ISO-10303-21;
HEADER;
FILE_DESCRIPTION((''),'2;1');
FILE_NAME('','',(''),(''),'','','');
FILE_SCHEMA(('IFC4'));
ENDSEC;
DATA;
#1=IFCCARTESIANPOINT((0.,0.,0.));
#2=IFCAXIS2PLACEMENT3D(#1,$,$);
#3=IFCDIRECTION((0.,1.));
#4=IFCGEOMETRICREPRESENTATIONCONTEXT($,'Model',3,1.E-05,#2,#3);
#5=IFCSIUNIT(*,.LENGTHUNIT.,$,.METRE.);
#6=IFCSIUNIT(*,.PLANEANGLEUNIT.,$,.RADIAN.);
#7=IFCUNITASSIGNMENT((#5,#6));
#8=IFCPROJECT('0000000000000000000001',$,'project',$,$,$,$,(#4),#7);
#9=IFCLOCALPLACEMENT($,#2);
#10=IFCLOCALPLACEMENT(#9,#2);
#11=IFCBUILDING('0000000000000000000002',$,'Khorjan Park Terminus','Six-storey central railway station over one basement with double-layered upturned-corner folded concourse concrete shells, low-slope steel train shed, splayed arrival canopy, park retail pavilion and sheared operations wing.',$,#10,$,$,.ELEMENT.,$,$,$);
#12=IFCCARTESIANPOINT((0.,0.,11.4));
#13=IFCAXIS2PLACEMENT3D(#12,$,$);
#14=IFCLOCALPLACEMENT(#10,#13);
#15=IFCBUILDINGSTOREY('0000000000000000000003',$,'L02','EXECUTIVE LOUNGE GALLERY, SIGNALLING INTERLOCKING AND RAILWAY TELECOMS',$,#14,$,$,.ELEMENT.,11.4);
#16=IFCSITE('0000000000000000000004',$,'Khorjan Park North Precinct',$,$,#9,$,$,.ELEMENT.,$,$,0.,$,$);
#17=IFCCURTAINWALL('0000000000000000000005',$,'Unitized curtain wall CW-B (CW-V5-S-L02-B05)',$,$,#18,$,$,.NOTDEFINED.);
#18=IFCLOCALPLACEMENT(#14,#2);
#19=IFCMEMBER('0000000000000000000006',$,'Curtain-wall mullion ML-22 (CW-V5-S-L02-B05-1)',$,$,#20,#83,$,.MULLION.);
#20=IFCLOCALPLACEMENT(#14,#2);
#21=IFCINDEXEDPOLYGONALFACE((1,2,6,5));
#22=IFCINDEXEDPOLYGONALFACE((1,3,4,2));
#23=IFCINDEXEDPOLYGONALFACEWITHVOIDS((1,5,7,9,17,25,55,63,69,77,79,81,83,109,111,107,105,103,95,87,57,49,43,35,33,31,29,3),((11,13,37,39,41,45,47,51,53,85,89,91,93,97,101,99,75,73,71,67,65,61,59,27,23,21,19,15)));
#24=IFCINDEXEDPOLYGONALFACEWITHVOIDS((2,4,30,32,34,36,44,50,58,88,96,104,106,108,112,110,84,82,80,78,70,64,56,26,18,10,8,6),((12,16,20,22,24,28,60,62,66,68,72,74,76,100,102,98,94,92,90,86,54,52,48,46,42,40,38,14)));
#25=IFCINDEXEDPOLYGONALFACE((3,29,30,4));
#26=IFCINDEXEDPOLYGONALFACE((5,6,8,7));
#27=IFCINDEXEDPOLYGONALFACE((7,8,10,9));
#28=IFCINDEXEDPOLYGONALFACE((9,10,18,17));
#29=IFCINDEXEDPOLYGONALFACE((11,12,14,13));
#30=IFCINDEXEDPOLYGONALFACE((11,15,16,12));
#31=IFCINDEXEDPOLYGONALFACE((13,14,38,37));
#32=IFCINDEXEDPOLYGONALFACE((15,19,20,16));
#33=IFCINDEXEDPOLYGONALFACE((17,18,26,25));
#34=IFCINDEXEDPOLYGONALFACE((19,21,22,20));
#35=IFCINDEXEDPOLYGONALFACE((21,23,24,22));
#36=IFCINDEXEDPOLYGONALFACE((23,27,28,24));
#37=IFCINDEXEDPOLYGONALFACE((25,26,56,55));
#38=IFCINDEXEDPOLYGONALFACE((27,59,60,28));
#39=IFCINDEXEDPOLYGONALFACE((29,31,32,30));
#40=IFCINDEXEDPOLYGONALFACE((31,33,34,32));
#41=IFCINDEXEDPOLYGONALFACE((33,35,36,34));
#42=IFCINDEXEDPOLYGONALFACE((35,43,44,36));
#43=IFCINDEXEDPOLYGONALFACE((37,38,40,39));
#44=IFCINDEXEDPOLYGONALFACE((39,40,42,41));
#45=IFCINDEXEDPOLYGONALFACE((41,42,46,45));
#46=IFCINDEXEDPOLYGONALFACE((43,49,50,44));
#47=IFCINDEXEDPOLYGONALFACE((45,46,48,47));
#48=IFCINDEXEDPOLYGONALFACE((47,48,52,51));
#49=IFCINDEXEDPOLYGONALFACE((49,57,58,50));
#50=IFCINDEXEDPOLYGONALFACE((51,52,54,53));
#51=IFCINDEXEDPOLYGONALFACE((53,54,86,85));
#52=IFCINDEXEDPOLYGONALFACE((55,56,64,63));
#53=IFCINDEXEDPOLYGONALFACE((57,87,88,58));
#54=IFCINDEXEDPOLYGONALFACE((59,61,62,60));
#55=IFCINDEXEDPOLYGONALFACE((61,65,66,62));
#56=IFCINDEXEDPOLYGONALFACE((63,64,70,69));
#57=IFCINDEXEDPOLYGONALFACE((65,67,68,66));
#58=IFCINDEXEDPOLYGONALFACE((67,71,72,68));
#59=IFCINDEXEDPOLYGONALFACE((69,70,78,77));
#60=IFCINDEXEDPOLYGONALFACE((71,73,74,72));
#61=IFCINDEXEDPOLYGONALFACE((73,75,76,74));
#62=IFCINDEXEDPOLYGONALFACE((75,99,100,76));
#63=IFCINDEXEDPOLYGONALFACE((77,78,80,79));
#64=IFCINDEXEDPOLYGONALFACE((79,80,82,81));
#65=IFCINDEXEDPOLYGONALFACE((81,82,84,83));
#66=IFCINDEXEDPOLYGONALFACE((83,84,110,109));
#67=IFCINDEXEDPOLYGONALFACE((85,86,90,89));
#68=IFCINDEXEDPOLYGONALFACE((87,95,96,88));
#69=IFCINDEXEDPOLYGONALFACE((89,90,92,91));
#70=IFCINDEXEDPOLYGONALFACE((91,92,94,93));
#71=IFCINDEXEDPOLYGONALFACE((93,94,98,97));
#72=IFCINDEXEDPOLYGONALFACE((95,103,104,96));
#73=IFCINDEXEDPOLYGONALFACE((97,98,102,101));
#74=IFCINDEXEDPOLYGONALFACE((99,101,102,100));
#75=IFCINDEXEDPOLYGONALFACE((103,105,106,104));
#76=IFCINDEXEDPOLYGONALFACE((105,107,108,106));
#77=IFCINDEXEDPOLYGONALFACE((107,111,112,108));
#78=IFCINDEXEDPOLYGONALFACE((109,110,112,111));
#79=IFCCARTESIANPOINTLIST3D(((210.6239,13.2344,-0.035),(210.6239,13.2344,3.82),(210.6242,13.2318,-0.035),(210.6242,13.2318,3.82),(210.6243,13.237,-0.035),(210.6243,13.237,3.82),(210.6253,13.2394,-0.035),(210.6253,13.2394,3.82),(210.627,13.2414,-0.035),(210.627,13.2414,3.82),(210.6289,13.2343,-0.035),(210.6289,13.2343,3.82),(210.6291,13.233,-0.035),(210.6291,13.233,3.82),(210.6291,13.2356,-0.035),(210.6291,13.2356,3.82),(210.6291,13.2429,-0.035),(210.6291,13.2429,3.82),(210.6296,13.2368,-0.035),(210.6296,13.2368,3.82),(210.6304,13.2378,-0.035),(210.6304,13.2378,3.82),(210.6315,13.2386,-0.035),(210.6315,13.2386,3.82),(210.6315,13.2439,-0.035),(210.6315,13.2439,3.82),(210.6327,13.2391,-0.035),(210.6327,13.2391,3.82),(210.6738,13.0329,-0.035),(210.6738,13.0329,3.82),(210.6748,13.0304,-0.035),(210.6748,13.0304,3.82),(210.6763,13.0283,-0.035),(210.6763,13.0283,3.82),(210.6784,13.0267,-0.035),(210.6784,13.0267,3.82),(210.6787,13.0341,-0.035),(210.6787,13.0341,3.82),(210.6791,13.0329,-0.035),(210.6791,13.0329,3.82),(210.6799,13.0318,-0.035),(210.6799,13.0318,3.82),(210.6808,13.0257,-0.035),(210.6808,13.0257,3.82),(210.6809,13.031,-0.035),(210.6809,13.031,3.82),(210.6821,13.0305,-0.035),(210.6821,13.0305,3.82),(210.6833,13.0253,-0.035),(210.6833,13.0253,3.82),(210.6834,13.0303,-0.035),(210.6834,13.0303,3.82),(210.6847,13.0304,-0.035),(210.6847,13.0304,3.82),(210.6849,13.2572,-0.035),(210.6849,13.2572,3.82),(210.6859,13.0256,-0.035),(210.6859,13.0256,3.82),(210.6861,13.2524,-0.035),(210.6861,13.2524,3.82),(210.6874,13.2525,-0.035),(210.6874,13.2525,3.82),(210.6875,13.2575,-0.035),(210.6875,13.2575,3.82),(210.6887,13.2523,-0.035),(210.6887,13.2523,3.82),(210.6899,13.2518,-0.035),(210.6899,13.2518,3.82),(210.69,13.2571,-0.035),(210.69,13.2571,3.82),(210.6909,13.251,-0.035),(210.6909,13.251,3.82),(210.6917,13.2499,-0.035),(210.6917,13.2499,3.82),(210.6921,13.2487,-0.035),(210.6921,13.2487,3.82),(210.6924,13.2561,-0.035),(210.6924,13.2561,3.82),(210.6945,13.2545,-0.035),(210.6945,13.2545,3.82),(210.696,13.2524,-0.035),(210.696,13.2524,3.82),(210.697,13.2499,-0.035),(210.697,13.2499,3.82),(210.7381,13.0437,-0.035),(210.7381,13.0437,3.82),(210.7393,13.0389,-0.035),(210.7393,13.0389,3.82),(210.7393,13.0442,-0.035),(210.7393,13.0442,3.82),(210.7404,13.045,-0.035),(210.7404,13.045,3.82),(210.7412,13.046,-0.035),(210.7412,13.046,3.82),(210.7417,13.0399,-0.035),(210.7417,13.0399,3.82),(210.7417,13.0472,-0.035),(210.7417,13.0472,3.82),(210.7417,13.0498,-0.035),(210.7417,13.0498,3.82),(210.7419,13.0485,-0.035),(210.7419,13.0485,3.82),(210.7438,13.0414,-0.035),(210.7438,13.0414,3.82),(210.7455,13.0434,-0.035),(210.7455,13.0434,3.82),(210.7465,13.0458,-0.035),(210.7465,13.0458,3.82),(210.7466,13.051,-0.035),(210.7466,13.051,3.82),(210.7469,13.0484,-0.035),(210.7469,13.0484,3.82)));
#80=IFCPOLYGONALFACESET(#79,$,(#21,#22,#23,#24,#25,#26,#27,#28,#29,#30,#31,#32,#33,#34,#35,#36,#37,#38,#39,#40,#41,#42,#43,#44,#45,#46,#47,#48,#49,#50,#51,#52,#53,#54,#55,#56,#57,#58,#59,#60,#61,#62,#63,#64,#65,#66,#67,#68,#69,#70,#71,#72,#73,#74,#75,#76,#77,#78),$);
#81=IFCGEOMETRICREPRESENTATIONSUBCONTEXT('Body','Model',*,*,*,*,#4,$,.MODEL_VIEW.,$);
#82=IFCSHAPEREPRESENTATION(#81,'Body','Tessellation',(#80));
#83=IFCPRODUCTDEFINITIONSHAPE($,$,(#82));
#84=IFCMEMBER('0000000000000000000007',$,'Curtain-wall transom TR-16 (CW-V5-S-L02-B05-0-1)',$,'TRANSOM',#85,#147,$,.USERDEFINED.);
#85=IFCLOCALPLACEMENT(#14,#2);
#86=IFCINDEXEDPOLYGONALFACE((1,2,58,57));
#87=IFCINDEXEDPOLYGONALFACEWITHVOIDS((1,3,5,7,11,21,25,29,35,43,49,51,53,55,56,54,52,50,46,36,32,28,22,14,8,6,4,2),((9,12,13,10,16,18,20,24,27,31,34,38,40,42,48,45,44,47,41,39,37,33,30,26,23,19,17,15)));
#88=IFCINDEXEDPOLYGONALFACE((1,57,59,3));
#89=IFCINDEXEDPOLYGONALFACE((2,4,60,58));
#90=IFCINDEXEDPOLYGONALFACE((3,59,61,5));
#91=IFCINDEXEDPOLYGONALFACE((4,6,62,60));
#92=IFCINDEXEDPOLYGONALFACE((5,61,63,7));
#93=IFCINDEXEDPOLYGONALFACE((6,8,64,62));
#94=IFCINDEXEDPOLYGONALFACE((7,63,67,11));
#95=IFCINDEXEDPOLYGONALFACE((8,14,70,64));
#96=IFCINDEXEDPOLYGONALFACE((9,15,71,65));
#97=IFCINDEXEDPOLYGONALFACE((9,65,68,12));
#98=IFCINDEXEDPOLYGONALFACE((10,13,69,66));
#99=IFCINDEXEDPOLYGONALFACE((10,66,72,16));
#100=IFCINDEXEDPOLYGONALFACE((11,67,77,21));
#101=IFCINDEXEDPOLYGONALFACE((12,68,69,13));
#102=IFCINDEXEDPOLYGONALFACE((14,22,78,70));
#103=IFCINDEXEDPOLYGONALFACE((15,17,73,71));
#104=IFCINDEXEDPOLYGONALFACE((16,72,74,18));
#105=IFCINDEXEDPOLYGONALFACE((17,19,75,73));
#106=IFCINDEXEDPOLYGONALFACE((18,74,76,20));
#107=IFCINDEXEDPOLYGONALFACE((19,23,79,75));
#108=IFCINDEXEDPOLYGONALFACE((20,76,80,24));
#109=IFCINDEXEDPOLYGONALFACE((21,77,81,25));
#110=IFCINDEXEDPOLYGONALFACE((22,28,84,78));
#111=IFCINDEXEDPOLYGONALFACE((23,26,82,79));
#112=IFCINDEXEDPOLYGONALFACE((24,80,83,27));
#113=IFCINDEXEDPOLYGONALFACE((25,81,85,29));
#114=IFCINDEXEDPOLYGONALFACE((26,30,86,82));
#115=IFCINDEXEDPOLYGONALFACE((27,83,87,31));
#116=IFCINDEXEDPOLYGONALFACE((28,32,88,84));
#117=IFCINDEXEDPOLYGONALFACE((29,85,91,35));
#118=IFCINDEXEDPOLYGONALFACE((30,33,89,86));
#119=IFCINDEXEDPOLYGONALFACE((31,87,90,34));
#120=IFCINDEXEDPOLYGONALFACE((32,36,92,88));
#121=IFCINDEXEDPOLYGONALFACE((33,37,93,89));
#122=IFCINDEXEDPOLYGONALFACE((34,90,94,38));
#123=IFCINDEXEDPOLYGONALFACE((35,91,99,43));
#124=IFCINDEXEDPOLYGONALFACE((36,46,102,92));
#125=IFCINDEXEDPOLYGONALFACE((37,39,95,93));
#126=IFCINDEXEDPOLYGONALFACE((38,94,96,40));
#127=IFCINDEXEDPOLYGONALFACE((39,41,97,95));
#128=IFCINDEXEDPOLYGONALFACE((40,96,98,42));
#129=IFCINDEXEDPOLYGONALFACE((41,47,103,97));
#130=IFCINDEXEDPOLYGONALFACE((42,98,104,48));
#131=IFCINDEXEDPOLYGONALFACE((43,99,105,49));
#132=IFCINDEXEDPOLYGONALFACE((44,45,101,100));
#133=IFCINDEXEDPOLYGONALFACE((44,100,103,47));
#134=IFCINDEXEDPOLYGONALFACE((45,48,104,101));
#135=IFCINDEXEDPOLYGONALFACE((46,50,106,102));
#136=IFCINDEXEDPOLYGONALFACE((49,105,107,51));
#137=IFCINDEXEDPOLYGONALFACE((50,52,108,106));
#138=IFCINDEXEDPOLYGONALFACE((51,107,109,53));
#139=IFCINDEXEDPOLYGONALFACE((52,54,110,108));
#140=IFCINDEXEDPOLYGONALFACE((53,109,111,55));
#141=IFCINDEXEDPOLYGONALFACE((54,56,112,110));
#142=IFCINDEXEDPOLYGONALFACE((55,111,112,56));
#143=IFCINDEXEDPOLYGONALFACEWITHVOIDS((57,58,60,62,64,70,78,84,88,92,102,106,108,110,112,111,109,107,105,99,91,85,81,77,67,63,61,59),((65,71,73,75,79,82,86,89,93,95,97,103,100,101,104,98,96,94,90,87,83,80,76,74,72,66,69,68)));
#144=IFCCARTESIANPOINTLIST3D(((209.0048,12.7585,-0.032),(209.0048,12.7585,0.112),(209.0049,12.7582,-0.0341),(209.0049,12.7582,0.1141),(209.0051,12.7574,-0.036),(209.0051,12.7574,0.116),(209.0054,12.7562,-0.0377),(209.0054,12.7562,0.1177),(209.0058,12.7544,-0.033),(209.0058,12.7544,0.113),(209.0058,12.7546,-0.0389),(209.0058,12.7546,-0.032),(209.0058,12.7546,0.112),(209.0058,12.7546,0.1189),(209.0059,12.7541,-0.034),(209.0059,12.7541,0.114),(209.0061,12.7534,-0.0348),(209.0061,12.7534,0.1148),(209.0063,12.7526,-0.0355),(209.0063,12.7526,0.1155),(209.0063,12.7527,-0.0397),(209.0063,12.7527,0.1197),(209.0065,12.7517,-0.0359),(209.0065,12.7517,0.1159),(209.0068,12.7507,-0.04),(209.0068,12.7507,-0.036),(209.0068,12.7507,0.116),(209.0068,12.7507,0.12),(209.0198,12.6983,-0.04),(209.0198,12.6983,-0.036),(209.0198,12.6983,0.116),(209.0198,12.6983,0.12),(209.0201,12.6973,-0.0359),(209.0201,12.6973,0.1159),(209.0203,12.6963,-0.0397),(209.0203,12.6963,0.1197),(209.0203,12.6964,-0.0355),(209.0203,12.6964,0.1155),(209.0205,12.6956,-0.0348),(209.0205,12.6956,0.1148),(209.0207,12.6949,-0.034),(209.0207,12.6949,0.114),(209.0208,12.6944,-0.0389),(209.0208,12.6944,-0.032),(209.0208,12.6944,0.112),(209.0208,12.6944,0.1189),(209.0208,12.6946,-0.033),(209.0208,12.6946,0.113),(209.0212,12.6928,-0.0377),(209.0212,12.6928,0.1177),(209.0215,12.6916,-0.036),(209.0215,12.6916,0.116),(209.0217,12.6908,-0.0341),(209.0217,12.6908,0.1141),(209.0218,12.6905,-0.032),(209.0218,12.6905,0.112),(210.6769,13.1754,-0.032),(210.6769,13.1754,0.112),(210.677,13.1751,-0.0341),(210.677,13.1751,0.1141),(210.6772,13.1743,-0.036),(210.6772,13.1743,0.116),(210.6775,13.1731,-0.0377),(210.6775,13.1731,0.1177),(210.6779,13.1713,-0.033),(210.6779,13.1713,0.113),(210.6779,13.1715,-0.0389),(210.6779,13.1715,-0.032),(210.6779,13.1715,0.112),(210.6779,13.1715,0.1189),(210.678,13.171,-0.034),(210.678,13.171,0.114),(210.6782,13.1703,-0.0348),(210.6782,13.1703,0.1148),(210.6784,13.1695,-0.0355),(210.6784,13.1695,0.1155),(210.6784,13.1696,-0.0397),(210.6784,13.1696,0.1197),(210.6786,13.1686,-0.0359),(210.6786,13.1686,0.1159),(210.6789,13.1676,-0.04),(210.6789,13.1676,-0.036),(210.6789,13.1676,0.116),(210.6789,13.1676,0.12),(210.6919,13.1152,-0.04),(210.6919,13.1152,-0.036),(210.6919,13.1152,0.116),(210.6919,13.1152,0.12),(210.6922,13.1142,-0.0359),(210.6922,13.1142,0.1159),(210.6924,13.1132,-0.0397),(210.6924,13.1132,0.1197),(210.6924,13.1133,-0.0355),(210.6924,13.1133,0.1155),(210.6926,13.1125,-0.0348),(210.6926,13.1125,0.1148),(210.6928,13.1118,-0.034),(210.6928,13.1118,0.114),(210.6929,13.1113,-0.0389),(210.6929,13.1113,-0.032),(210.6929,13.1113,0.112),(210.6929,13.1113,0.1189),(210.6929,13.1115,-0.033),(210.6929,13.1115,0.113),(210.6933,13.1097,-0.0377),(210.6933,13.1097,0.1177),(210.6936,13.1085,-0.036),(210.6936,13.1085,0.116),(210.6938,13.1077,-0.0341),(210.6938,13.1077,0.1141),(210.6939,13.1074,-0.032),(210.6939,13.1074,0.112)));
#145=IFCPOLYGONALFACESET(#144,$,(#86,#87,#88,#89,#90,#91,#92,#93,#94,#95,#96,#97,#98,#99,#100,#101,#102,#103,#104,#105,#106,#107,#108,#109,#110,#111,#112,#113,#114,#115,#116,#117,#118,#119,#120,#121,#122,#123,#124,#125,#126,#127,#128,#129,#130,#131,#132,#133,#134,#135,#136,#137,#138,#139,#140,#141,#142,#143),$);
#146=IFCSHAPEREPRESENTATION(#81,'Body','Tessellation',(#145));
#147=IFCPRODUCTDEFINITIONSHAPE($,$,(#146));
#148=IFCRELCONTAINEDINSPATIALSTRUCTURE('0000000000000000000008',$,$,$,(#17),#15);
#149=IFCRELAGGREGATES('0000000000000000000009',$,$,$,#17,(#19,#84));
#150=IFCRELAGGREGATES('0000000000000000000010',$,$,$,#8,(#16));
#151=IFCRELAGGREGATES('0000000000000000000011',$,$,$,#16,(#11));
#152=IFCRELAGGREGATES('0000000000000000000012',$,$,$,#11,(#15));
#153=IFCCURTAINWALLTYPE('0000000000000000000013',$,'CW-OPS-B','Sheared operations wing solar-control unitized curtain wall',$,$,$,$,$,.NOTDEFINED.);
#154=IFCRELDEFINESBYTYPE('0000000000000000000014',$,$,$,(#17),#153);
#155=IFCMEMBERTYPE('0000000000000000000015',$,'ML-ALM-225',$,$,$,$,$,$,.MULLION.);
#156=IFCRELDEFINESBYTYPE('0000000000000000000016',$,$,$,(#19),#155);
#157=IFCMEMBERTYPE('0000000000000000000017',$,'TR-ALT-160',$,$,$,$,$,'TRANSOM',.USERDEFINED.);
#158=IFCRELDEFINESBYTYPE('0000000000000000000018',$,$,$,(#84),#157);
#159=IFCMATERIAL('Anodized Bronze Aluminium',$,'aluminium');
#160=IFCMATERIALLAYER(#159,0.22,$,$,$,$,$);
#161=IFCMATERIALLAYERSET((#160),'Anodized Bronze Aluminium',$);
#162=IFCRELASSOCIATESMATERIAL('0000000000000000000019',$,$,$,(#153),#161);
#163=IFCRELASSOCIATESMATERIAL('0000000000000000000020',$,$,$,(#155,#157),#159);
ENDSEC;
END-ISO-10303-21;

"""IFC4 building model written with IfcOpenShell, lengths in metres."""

from ifc_helpers import new_model, si_unit, direction, frame, origin, origin_2d, place, context, subcontext, project, spatial, hollow_rectangle, extrude, material, layer, layer_set, material_profile, profile_set, type_object, element, aggregate, save


model = new_model("IFC4")

# Units and contexts
model_context = context("Model", 3, precision=1e-05, world=origin(), true_north=direction((0.0, 1.0)))
body_context = subcontext(model_context, "Body", "Model", "MODEL_VIEW")
ifc_project = project(units=[si_unit("LENGTHUNIT", "METRE"), si_unit("PLANEANGLEUNIT", "RADIAN")], contexts=[model_context])

# Site, building, storey
site_placement = place(None, origin())
site = spatial("IfcSite", under=ifc_project, at=site_placement, Name="Khorjan Park North Precinct", CompositionType="ELEMENT", RefElevation=0.0)
building_placement = place(site_placement, origin())
building = spatial("IfcBuilding", under=site, at=building_placement, Name="Khorjan Park Terminus", Description="Six-storey central railway station over one basement with double-layered upturned-corner folded concourse concrete shells, low-slope steel train shed, splayed arrival canopy, park retail pavilion and sheared operations wing.", CompositionType="ELEMENT")
storey_placement = place(building_placement, frame((0.0, 0.0, 11.4)))
storey = spatial("IfcBuildingStorey", under=building, at=storey_placement, Name="L02", Description="EXECUTIVE LOUNGE GALLERY, SIGNALLING INTERLOCKING AND RAILWAY TELECOMS", CompositionType="ELEMENT", Elevation=11.4)

# Curtain wall, members
ifc_material_1 = material(Name="Anodized Bronze Aluminium", Category="aluminium")
ifc_layer_1 = layer(ifc_material_1, 0.22)
ifc_layer_set_1 = layer_set([ifc_layer_1], Name="Anodized Bronze Aluminium")
curtain_wall_type = type_object("IfcCurtainWallType", Name="CW-OPS-B", Description="Sheared operations wing solar-control unitized curtain wall", PredefinedType="NOTDEFINED", material=ifc_layer_set_1)
curtain_wall_placement = place(storey_placement, origin())
curtain_wall = element("IfcCurtainWall", 1, at=curtain_wall_placement, inside=storey, type_object=curtain_wall_type, Name="Unitized curtain wall CW-B (CW-V5-S-L02-B05)", PredefinedType="NOTDEFINED")
ifc_material_profile_1 = material_profile(ifc_material_1, hollow_rectangle(XDim=0.075, YDim=0.225, WallThickness=0.005, InnerFilletRadius=0.005, OuterFilletRadius=0.01, at=origin_2d()), Name="ALM 75x225x5")
ifc_profile_set_1 = profile_set([ifc_material_profile_1], Name="Anodized Bronze Aluminium")
member_type_1 = type_object("IfcMemberType", Name="ML-ALM-225", PredefinedType="MULLION", material=ifc_profile_set_1)
member_1_placement = place(storey_placement, frame((210.6854, 13.1414, -0.035), z_axis=(0.0, 0.0, 1.0), x_axis=(0.970298, 0.241912, 0.0)))
member_1 = element("IfcMember", 2, at=member_1_placement, type_object=member_type_1, Name="Curtain-wall mullion ML-22 (CW-V5-S-L02-B05-1)", PredefinedType="MULLION", context=body_context, shape_type="SweptSolid", body=[
    extrude(hollow_rectangle(XDim=0.075, YDim=0.225, WallThickness=0.005, InnerFilletRadius=0.005, OuterFilletRadius=0.01, at=origin_2d()), origin(), (0.0, 0.0, 1.0), 3.855),
])
ifc_material_profile_2 = material_profile(ifc_material_1, hollow_rectangle(XDim=0.07, YDim=0.16, WallThickness=0.004, InnerFilletRadius=0.004, OuterFilletRadius=0.008, at=origin_2d()), Name="ALT 70x160x4")
ifc_profile_set_2 = profile_set([ifc_material_profile_2], Name="Anodized Bronze Aluminium")
member_type_2 = type_object("IfcMemberType", Name="TR-ALT-160", ElementType="TRANSOM", PredefinedType="USERDEFINED", material=ifc_profile_set_2)
member_2_placement = place(storey_placement, frame((209.0133, 12.7245, 0.04), z_axis=(0.970296, 0.241921, 0.0), x_axis=(-0.241921, 0.970296, 0.0)))
member_2 = element("IfcMember", 3, at=member_2_placement, type_object=member_type_2, Name="Curtain-wall transom TR-16 (CW-V5-S-L02-B05-0-1)", ObjectType="TRANSOM", PredefinedType="USERDEFINED", context=body_context, shape_type="SweptSolid", body=[
    extrude(hollow_rectangle(XDim=0.07, YDim=0.16, WallThickness=0.004, InnerFilletRadius=0.004, OuterFilletRadius=0.008, at=origin_2d()), origin(), (0.0, 0.0, 1.0), 1.7233),
])
aggregate(curtain_wall, [member_1, member_2])

save(model, "model.ifc")
